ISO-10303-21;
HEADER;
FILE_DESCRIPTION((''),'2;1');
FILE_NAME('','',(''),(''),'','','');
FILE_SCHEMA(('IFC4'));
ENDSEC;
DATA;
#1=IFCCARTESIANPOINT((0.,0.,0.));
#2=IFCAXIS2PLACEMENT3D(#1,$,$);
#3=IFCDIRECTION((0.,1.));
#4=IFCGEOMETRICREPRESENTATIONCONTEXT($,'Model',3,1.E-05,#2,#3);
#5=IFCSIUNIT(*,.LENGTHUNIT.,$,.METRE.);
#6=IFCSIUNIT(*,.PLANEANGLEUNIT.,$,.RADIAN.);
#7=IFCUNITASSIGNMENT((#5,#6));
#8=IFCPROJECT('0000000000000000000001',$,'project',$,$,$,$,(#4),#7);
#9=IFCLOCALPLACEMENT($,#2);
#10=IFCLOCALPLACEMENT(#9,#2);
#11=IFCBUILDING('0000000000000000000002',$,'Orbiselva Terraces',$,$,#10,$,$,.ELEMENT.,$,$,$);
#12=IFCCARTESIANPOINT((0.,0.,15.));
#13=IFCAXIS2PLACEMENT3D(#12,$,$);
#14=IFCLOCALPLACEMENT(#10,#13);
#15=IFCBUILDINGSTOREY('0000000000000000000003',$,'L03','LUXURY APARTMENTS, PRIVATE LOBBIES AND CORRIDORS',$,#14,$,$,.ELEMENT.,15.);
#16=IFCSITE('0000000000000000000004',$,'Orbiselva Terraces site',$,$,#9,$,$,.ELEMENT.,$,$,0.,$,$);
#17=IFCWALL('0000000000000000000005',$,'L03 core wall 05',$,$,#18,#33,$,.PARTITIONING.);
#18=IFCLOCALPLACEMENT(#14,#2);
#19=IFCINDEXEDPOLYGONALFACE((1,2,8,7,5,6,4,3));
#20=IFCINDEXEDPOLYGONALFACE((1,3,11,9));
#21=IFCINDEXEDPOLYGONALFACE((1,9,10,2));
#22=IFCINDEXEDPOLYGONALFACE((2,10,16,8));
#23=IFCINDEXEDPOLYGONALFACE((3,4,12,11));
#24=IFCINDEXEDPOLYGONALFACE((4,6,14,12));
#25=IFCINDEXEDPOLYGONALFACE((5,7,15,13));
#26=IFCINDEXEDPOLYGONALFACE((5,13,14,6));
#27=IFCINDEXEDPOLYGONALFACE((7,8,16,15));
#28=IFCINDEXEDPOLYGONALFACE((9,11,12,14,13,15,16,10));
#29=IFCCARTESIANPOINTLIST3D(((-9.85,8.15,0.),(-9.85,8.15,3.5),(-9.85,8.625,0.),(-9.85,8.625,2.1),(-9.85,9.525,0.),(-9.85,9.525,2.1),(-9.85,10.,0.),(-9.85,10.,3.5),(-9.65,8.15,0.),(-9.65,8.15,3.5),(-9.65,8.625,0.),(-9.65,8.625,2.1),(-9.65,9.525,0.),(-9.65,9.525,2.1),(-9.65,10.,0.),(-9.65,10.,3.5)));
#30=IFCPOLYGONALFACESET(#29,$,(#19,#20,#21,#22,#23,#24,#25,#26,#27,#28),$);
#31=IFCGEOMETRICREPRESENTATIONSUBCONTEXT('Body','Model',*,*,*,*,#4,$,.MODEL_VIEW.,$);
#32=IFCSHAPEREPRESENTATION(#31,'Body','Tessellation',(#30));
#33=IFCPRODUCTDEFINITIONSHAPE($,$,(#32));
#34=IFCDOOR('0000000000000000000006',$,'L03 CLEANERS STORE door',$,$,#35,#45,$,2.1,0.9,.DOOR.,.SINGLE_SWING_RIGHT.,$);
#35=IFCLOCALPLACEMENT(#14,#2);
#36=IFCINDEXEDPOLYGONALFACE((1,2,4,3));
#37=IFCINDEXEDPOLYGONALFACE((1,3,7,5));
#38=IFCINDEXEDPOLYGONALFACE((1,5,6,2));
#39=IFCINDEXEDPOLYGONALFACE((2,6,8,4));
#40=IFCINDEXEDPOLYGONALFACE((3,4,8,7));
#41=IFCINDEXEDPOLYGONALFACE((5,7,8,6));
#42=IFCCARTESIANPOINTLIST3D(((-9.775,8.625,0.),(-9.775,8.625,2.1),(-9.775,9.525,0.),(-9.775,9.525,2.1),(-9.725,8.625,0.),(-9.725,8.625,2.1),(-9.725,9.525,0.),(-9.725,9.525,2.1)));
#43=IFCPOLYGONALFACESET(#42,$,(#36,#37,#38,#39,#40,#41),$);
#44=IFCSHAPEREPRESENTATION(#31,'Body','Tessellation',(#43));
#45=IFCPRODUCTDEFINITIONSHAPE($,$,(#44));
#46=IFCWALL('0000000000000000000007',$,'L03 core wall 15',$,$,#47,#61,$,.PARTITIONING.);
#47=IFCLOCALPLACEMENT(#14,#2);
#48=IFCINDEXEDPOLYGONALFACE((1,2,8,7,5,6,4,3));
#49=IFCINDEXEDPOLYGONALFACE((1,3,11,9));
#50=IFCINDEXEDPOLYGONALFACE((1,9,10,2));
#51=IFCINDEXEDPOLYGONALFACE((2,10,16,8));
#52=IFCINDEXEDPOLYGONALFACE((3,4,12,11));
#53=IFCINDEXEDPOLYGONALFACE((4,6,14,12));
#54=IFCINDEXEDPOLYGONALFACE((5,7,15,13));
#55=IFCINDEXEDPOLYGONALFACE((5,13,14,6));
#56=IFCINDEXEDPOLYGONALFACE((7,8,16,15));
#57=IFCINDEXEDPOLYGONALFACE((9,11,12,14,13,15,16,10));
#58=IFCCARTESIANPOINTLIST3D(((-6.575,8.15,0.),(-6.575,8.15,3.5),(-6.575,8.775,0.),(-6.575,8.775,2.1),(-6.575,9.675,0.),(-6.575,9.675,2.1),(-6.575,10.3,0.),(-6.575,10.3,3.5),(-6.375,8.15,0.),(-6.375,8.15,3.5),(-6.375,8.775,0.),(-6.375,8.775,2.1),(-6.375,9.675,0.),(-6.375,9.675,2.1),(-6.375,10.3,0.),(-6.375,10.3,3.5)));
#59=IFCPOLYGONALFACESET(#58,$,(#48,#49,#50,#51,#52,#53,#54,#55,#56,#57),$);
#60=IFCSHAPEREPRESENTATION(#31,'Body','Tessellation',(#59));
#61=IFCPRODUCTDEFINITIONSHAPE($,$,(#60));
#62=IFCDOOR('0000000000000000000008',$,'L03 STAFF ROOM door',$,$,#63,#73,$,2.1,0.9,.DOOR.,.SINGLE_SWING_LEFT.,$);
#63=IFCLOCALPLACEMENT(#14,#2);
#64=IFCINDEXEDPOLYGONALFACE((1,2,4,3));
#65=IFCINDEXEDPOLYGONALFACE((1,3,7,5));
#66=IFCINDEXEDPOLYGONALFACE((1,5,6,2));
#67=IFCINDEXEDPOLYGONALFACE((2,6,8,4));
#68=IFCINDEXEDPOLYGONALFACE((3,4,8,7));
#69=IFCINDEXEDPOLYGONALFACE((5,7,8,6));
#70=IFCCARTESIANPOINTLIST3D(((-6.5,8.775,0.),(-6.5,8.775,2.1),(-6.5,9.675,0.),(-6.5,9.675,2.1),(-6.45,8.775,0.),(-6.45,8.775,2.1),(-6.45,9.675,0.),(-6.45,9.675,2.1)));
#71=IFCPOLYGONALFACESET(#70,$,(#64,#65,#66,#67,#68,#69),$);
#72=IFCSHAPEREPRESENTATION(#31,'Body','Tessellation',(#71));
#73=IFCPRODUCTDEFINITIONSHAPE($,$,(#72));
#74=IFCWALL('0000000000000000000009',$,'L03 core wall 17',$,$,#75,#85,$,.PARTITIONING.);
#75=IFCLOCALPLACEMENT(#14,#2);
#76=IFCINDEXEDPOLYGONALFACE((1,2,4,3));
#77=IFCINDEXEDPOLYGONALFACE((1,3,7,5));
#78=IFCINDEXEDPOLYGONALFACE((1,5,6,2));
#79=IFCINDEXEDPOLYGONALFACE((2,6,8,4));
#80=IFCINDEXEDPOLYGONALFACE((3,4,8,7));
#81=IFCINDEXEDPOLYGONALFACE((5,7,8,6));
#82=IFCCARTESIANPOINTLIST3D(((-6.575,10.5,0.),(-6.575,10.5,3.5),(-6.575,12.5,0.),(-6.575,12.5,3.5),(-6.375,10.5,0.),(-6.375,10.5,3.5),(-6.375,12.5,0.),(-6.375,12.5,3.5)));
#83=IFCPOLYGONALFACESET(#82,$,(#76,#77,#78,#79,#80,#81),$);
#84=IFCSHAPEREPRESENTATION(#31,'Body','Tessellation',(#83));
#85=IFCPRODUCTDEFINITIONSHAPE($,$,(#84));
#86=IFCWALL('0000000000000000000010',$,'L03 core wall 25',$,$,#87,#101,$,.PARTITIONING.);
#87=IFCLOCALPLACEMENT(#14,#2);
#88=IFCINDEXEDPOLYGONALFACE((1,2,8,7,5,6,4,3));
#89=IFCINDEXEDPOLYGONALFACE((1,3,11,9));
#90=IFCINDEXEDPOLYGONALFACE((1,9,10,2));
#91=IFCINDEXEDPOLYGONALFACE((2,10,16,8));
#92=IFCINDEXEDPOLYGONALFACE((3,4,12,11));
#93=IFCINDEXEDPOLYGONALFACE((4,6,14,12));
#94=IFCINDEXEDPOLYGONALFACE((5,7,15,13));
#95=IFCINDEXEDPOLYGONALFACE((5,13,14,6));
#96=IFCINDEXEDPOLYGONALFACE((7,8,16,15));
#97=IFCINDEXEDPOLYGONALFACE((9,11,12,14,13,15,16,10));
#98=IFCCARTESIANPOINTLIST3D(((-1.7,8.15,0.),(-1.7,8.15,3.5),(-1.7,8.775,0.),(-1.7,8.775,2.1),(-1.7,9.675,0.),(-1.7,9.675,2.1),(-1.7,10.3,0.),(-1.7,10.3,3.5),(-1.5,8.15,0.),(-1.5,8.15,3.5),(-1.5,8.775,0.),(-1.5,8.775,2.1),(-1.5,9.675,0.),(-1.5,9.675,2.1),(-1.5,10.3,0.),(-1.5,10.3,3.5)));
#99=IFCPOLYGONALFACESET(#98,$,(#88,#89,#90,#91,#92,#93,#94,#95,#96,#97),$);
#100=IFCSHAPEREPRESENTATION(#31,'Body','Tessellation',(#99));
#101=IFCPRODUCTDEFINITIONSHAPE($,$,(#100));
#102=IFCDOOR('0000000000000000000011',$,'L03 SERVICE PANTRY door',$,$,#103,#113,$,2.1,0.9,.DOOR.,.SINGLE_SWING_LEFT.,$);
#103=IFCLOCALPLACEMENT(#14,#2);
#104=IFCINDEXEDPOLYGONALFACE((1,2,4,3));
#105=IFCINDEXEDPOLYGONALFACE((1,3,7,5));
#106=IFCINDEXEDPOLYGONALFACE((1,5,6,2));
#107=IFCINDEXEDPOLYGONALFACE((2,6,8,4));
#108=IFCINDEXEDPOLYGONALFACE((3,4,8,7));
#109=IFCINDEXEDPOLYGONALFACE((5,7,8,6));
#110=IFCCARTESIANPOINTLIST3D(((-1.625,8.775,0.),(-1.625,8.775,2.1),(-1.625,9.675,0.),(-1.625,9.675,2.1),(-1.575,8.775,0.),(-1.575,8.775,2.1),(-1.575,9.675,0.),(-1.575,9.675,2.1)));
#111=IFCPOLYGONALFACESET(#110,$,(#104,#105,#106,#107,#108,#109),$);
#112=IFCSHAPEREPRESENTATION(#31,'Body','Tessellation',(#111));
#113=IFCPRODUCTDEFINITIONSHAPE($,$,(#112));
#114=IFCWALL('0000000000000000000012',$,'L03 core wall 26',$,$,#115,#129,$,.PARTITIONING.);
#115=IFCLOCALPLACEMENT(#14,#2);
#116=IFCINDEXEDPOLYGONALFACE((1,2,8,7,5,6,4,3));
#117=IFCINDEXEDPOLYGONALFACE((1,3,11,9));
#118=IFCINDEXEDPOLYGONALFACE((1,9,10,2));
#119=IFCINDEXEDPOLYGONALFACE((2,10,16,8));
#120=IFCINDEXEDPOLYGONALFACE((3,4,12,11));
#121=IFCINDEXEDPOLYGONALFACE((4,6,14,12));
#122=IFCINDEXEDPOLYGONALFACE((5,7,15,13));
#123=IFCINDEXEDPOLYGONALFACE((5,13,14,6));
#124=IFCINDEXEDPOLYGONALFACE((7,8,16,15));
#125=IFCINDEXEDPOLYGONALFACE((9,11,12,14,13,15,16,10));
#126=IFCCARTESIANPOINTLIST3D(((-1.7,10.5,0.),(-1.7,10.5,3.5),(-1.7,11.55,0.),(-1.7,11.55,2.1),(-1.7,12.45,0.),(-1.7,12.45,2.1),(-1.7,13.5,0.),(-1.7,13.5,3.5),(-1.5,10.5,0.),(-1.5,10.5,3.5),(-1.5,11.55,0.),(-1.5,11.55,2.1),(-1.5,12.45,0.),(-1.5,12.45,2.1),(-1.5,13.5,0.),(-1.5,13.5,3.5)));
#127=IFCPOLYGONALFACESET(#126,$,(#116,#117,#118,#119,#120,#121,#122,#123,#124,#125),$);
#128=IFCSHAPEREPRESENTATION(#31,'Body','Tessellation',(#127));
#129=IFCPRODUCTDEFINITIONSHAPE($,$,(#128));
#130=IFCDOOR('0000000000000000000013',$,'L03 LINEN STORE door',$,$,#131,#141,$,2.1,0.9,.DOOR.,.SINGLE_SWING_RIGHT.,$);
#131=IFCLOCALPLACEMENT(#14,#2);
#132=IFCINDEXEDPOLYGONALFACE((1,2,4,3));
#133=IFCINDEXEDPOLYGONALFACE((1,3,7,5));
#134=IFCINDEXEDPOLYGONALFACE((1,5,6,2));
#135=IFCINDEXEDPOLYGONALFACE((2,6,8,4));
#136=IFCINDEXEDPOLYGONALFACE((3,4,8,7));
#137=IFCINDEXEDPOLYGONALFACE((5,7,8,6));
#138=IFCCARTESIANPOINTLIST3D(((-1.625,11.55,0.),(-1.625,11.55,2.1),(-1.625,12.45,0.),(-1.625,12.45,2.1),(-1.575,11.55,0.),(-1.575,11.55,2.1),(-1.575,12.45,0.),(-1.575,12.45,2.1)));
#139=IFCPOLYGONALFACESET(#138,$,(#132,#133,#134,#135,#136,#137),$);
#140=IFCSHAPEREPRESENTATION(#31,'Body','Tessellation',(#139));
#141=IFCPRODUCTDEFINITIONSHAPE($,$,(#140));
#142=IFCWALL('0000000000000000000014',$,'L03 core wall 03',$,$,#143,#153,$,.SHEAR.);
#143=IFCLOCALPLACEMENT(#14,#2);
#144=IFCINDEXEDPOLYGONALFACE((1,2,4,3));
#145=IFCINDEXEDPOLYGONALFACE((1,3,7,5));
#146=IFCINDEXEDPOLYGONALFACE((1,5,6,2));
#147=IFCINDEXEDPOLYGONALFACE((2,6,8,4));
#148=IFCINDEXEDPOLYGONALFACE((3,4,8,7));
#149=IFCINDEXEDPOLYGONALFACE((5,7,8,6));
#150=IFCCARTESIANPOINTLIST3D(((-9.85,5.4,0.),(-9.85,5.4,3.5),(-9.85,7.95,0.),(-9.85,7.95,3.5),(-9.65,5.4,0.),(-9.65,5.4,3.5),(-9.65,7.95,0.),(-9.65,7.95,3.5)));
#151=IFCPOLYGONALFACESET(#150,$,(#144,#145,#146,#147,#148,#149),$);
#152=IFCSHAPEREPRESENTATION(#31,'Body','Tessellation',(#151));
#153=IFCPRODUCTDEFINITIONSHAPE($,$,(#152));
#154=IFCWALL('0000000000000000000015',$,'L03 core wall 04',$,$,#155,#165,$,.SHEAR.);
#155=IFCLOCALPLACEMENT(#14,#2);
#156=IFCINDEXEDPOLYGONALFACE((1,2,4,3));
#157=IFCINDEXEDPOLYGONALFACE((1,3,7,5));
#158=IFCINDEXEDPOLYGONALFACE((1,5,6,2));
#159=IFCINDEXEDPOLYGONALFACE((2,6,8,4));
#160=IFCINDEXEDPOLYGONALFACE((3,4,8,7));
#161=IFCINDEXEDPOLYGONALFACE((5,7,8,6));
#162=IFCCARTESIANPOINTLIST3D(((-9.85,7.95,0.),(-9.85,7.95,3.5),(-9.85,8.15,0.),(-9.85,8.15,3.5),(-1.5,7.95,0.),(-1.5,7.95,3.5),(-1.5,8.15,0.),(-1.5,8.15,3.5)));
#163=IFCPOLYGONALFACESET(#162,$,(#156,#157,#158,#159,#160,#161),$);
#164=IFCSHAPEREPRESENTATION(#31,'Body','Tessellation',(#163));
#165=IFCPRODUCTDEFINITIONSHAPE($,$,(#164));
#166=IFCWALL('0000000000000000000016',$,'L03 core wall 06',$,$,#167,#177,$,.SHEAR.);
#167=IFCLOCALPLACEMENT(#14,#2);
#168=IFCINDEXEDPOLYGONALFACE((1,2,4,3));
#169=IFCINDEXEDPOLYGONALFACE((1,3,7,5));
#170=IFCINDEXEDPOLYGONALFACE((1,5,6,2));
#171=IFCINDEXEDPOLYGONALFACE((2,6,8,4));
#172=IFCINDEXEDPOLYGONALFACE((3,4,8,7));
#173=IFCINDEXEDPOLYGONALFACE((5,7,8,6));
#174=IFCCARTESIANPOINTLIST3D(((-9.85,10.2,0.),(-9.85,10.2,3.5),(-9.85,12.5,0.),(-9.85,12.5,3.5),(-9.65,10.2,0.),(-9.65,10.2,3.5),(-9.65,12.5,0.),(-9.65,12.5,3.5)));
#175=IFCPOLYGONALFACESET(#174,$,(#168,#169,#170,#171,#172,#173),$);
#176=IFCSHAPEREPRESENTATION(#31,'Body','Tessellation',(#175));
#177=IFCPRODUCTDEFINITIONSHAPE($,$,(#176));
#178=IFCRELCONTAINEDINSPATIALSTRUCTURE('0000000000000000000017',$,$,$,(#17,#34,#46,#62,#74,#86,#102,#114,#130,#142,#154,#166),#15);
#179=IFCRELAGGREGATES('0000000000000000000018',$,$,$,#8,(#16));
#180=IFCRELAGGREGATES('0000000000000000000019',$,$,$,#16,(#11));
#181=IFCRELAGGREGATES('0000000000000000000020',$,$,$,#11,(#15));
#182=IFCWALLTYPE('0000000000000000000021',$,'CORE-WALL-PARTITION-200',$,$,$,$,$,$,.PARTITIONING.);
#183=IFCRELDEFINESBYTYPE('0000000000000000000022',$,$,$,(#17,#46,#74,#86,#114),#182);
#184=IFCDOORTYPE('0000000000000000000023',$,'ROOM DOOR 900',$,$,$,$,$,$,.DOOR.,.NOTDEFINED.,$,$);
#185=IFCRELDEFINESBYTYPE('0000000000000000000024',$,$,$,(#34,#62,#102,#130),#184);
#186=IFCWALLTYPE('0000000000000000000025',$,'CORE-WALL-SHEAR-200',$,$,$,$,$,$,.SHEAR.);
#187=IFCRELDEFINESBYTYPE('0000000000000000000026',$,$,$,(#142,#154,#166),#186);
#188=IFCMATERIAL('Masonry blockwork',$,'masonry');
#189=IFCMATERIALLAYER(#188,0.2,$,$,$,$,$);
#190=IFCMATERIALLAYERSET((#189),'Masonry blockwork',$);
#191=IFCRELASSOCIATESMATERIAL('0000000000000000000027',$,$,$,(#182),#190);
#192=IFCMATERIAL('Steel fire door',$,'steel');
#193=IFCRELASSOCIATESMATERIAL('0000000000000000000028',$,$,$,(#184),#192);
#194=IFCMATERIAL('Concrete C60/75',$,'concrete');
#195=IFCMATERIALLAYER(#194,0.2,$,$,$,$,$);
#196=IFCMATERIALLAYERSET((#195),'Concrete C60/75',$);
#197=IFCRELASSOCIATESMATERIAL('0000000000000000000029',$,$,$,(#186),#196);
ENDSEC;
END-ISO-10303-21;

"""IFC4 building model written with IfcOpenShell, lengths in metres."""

from ifc_helpers import new_model, si_unit, direction, frame, frame_2d, origin, place, context, subcontext, project, spatial, rectangle, extrude, material, layer, layer_set, type_object, element, fill, save


model = new_model("IFC4")

# Units and contexts
model_context = context("Model", 3, precision=1e-05, world=origin(), true_north=direction((0.0, 1.0)))
body_context = subcontext(model_context, "Body", "Model", "MODEL_VIEW")
ifc_project = project(units=[si_unit("LENGTHUNIT", "METRE"), si_unit("PLANEANGLEUNIT", "RADIAN")], contexts=[model_context])

# Site, building, storey
site_placement = place(None, origin())
site = spatial("IfcSite", under=ifc_project, at=site_placement, Name="Orbiselva Terraces site", CompositionType="ELEMENT", RefElevation=0.0)
building_placement = place(site_placement, origin())
building = spatial("IfcBuilding", under=site, at=building_placement, Name="Orbiselva Terraces", CompositionType="ELEMENT")
storey_placement = place(building_placement, frame((0.0, 0.0, 15.0)))
storey = spatial("IfcBuildingStorey", under=building, at=storey_placement, Name="L03", Description="LUXURY APARTMENTS, PRIVATE LOBBIES AND CORRIDORS", CompositionType="ELEMENT", Elevation=15.0)

# Walls, openings, doors
ifc_material_1 = material(Name="Masonry blockwork", Category="masonry")
ifc_layer_1 = layer(ifc_material_1, 0.2)
ifc_layer_set_1 = layer_set([ifc_layer_1], Name="Masonry blockwork")
wall_type_1 = type_object("IfcWallType", Name="CORE-WALL-PARTITION-200", PredefinedType="PARTITIONING", material=ifc_layer_set_1)
wall_1_placement = place(storey_placement, frame((-9.75, 8.15, 0.0), z_axis=(0.0, 0.0, 1.0), x_axis=(0.0, 1.0, 0.0)))
wall_1 = element("IfcWall", 1, at=wall_1_placement, inside=storey, type_object=wall_type_1, Name="L03 core wall 05", PredefinedType="PARTITIONING", context=body_context, shape_type="SweptSolid", body=[
    extrude(rectangle(XDim=1.85, YDim=0.2, at=frame_2d((0.925, 0.0))), origin(), (0.0, 0.0, 1.0), 3.5),
])
opening_1_placement = place(wall_1_placement, frame((0.475, 0.0, 0.0)))
opening_1 = element("IfcOpeningElement", 2, at=opening_1_placement, cuts=wall_1, PredefinedType="OPENING", context=body_context, shape_type="SweptSolid", body=[
    extrude(rectangle(XDim=0.9, YDim=2.1, at=frame_2d((0.45, 1.05))), frame((0.0, 0.11, 0.0), z_axis=(0.0, -1.0, 0.0), x_axis=(1.0, 0.0, 0.0)), (0.0, 0.0, 1.0), 0.22),
])
ifc_material_2 = material(Name="Steel fire door", Category="steel")
door_type = type_object("IfcDoorType", Name="ROOM DOOR 900", OperationType="NOTDEFINED", PredefinedType="DOOR", material=ifc_material_2)
door_1_placement = place(opening_1_placement, origin())
door_1 = element("IfcDoor", 3, at=door_1_placement, inside=storey, type_object=door_type, Name="L03 CLEANERS STORE door", OperationType="SINGLE_SWING_RIGHT", OverallHeight=2.1, OverallWidth=0.9, PredefinedType="DOOR", context=body_context, shape_type="SweptSolid", body=[
    extrude(rectangle(XDim=0.9, YDim=2.1, at=frame_2d((0.45, 1.05))), frame((0.0, 0.025, 0.0), z_axis=(0.0, -1.0, 0.0), x_axis=(1.0, 0.0, 0.0)), (0.0, 0.0, 1.0), 0.05),
])
fill(opening_1, door_1)
wall_2_placement = place(storey_placement, frame((-6.475, 8.15, 0.0), z_axis=(0.0, 0.0, 1.0), x_axis=(0.0, 1.0, 0.0)))
wall_2 = element("IfcWall", 4, at=wall_2_placement, inside=storey, type_object=wall_type_1, Name="L03 core wall 15", PredefinedType="PARTITIONING", context=body_context, shape_type="SweptSolid", body=[
    extrude(rectangle(XDim=2.15, YDim=0.2, at=frame_2d((1.075, 0.0))), origin(), (0.0, 0.0, 1.0), 3.5),
])
opening_2_placement = place(wall_2_placement, frame((0.625, 0.0, 0.0)))
opening_2 = element("IfcOpeningElement", 5, at=opening_2_placement, cuts=wall_2, PredefinedType="OPENING", context=body_context, shape_type="SweptSolid", body=[
    extrude(rectangle(XDim=0.9, YDim=2.1, at=frame_2d((0.45, 1.05))), frame((0.0, 0.11, 0.0), z_axis=(0.0, -1.0, 0.0), x_axis=(1.0, 0.0, 0.0)), (0.0, 0.0, 1.0), 0.22),
])
door_2_placement = place(opening_2_placement, origin())
door_2 = element("IfcDoor", 6, at=door_2_placement, inside=storey, type_object=door_type, Name="L03 STAFF ROOM door", OperationType="SINGLE_SWING_LEFT", OverallHeight=2.1, OverallWidth=0.9, PredefinedType="DOOR", context=body_context, shape_type="SweptSolid", body=[
    extrude(rectangle(XDim=0.9, YDim=2.1, at=frame_2d((0.45, 1.05))), frame((0.0, 0.025, 0.0), z_axis=(0.0, -1.0, 0.0), x_axis=(1.0, 0.0, 0.0)), (0.0, 0.0, 1.0), 0.05),
])
fill(opening_2, door_2)

# Wall
wall_3_placement = place(storey_placement, frame((-6.475, 10.5, 0.0), z_axis=(0.0, 0.0, 1.0), x_axis=(0.0, 1.0, 0.0)))
element("IfcWall", 7, at=wall_3_placement, inside=storey, type_object=wall_type_1, Name="L03 core wall 17", PredefinedType="PARTITIONING", context=body_context, shape_type="SweptSolid", body=[
    extrude(rectangle(XDim=2.0, YDim=0.2, at=frame_2d((1.0, 0.0))), origin(), (0.0, 0.0, 1.0), 3.5),
])

# Walls, openings, doors
wall_4_placement = place(storey_placement, frame((-1.6, 8.15, 0.0), z_axis=(0.0, 0.0, 1.0), x_axis=(0.0, 1.0, 0.0)))
wall_4 = element("IfcWall", 8, at=wall_4_placement, inside=storey, type_object=wall_type_1, Name="L03 core wall 25", PredefinedType="PARTITIONING", context=body_context, shape_type="SweptSolid", body=[
    extrude(rectangle(XDim=2.15, YDim=0.2, at=frame_2d((1.075, 0.0))), origin(), (0.0, 0.0, 1.0), 3.5),
])
opening_3_placement = place(wall_4_placement, frame((0.625, 0.0, 0.0)))
opening_3 = element("IfcOpeningElement", 9, at=opening_3_placement, cuts=wall_4, PredefinedType="OPENING", context=body_context, shape_type="SweptSolid", body=[
    extrude(rectangle(XDim=0.9, YDim=2.1, at=frame_2d((0.45, 1.05))), frame((0.0, 0.11, 0.0), z_axis=(0.0, -1.0, 0.0), x_axis=(1.0, 0.0, 0.0)), (0.0, 0.0, 1.0), 0.22),
])
door_3_placement = place(opening_3_placement, origin())
door_3 = element("IfcDoor", 10, at=door_3_placement, inside=storey, type_object=door_type, Name="L03 SERVICE PANTRY door", OperationType="SINGLE_SWING_LEFT", OverallHeight=2.1, OverallWidth=0.9, PredefinedType="DOOR", context=body_context, shape_type="SweptSolid", body=[
    extrude(rectangle(XDim=0.9, YDim=2.1, at=frame_2d((0.45, 1.05))), frame((0.0, 0.025, 0.0), z_axis=(0.0, -1.0, 0.0), x_axis=(1.0, 0.0, 0.0)), (0.0, 0.0, 1.0), 0.05),
])
fill(opening_3, door_3)
wall_5_placement = place(storey_placement, frame((-1.6, 10.5, 0.0), z_axis=(0.0, 0.0, 1.0), x_axis=(0.0, 1.0, 0.0)))
wall_5 = element("IfcWall", 11, at=wall_5_placement, inside=storey, type_object=wall_type_1, Name="L03 core wall 26", PredefinedType="PARTITIONING", context=body_context, shape_type="SweptSolid", body=[
    extrude(rectangle(XDim=3.0, YDim=0.2, at=frame_2d((1.5, 0.0))), origin(), (0.0, 0.0, 1.0), 3.5),
])
opening_4_placement = place(wall_5_placement, frame((1.05, 0.0, 0.0)))
opening_4 = element("IfcOpeningElement", 12, at=opening_4_placement, cuts=wall_5, PredefinedType="OPENING", context=body_context, shape_type="SweptSolid", body=[
    extrude(rectangle(XDim=0.9, YDim=2.1, at=frame_2d((0.45, 1.05))), frame((0.0, 0.11, 0.0), z_axis=(0.0, -1.0, 0.0), x_axis=(1.0, 0.0, 0.0)), (0.0, 0.0, 1.0), 0.22),
])
door_4_placement = place(opening_4_placement, origin())
door_4 = element("IfcDoor", 13, at=door_4_placement, inside=storey, type_object=door_type, Name="L03 LINEN STORE door", OperationType="SINGLE_SWING_RIGHT", OverallHeight=2.1, OverallWidth=0.9, PredefinedType="DOOR", context=body_context, shape_type="SweptSolid", body=[
    extrude(rectangle(XDim=0.9, YDim=2.1, at=frame_2d((0.45, 1.05))), frame((0.0, 0.025, 0.0), z_axis=(0.0, -1.0, 0.0), x_axis=(1.0, 0.0, 0.0)), (0.0, 0.0, 1.0), 0.05),
])
fill(opening_4, door_4)

# Walls
ifc_material_3 = material(Name="Concrete C60/75", Category="concrete")
ifc_layer_2 = layer(ifc_material_3, 0.2)
ifc_layer_set_2 = layer_set([ifc_layer_2], Name="Concrete C60/75")
wall_type_2 = type_object("IfcWallType", Name="CORE-WALL-SHEAR-200", PredefinedType="SHEAR", material=ifc_layer_set_2)
wall_6_placement = place(storey_placement, frame((-9.75, 5.4, 0.0), z_axis=(0.0, 0.0, 1.0), x_axis=(0.0, 1.0, 0.0)))
element("IfcWall", 14, at=wall_6_placement, inside=storey, type_object=wall_type_2, Name="L03 core wall 03", PredefinedType="SHEAR", context=body_context, shape_type="SweptSolid", body=[
    extrude(rectangle(XDim=2.55, YDim=0.2, at=frame_2d((1.275, 0.0))), origin(), (0.0, 0.0, 1.0), 3.5),
])
wall_7_placement = place(storey_placement, frame((-9.85, 8.05, 0.0), z_axis=(0.0, 0.0, 1.0), x_axis=(1.0, 0.0, 0.0)))
element("IfcWall", 15, at=wall_7_placement, inside=storey, type_object=wall_type_2, Name="L03 core wall 04", PredefinedType="SHEAR", context=body_context, shape_type="SweptSolid", body=[
    extrude(rectangle(XDim=8.35, YDim=0.2, at=frame_2d((4.175, 0.0))), origin(), (0.0, 0.0, 1.0), 3.5),
])
wall_8_placement = place(storey_placement, frame((-9.75, 10.2, 0.0), z_axis=(0.0, 0.0, 1.0), x_axis=(0.0, 1.0, 0.0)))
element("IfcWall", 16, at=wall_8_placement, inside=storey, type_object=wall_type_2, Name="L03 core wall 06", PredefinedType="SHEAR", context=body_context, shape_type="SweptSolid", body=[
    extrude(rectangle(XDim=2.3, YDim=0.2, at=frame_2d((1.15, 0.0))), origin(), (0.0, 0.0, 1.0), 3.5),
])

save(model, "model.ifc")
